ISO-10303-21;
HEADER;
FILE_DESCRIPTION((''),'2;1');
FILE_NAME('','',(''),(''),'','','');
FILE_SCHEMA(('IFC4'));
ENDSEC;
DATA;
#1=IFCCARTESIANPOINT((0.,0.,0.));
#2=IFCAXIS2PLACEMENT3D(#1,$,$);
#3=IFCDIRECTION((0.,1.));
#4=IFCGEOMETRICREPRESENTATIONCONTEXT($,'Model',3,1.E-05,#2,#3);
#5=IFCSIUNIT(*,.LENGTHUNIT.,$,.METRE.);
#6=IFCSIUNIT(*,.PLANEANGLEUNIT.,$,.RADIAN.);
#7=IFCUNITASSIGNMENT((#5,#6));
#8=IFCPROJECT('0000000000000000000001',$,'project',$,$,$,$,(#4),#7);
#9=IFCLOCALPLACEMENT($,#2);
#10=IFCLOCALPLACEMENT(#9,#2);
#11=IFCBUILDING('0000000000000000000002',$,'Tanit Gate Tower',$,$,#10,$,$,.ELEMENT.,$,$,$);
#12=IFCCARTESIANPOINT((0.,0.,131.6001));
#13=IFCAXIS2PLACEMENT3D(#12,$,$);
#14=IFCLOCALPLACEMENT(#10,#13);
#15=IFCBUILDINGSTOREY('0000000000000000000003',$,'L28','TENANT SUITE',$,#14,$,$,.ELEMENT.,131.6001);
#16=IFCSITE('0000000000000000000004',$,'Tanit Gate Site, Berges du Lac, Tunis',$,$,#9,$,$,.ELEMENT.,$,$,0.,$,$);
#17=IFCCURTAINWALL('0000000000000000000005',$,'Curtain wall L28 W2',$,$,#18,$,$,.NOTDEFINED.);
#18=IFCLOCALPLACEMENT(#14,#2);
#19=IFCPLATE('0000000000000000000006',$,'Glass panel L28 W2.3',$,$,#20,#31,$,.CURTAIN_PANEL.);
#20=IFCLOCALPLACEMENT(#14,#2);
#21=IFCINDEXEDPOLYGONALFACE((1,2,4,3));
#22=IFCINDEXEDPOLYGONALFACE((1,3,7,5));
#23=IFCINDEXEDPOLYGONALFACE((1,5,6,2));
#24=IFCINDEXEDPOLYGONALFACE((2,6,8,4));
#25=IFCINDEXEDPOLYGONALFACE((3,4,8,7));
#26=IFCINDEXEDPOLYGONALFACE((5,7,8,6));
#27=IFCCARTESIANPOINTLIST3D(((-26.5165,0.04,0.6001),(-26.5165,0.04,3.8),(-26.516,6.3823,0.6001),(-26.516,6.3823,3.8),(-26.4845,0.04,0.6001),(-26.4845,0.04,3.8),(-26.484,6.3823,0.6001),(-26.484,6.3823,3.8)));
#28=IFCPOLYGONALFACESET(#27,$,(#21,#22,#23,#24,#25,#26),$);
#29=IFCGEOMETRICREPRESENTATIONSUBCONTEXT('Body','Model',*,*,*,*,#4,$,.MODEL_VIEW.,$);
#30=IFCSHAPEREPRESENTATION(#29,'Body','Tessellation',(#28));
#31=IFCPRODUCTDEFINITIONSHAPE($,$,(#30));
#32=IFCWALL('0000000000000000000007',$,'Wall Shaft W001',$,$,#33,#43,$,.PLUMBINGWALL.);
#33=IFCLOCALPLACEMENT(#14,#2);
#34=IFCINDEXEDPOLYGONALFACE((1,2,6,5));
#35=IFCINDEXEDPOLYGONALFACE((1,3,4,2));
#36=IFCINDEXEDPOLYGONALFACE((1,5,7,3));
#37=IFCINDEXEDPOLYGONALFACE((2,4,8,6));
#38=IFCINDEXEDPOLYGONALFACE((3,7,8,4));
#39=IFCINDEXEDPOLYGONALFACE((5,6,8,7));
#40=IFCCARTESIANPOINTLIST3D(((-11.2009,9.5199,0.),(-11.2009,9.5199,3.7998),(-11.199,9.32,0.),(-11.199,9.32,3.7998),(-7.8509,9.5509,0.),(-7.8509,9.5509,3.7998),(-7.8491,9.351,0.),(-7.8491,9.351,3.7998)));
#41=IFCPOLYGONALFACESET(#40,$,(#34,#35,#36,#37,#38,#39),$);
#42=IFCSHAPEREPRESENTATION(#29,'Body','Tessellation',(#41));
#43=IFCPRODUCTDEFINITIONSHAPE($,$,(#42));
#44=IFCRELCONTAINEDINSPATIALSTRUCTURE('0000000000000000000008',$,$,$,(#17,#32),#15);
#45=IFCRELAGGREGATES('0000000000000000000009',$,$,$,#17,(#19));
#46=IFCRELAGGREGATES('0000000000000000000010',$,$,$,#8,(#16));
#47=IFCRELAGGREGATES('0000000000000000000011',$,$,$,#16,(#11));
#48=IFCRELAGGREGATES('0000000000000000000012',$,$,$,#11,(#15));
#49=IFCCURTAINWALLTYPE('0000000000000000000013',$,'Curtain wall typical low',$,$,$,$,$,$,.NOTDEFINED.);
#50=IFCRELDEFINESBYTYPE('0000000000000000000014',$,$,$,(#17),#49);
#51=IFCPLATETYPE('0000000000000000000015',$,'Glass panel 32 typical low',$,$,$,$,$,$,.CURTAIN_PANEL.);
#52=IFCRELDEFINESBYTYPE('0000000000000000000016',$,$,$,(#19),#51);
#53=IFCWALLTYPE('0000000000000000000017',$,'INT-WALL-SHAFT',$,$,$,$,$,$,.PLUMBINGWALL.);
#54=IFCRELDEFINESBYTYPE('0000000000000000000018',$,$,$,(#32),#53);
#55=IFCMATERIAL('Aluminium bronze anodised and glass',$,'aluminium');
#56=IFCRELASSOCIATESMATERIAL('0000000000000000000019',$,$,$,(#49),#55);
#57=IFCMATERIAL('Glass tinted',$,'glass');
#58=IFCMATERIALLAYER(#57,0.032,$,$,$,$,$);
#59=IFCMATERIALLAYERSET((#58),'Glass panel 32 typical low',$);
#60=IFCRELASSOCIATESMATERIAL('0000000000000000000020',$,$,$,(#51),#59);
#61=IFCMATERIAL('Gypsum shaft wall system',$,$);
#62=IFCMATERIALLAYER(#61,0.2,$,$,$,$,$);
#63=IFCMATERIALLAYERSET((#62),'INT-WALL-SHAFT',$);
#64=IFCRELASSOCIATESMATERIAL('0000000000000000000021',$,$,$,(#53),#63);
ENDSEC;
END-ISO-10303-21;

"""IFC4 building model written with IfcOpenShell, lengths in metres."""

from ifc_helpers import new_model, si_unit, direction, frame, frame_2d, origin, origin_2d, place, context, subcontext, project, spatial, rectangle, extrude, material, layer, layer_set, type_object, element, aggregate, save


model = new_model("IFC4")

# Units and contexts
model_context = context("Model", 3, precision=1e-05, world=origin(), true_north=direction((0.0, 1.0)))
body_context = subcontext(model_context, "Body", "Model", "MODEL_VIEW")
ifc_project = project(units=[si_unit("LENGTHUNIT", "METRE"), si_unit("PLANEANGLEUNIT", "RADIAN")], contexts=[model_context])

# Site, building, storey
site_placement = place(None, origin())
site = spatial("IfcSite", under=ifc_project, at=site_placement, Name="Tanit Gate Site, Berges du Lac, Tunis", CompositionType="ELEMENT", RefElevation=0.0)
building_placement = place(site_placement, origin())
building = spatial("IfcBuilding", under=site, at=building_placement, Name="Tanit Gate Tower", CompositionType="ELEMENT")
storey_placement = place(building_placement, frame((0.0, 0.0, 131.6001)))
storey = spatial("IfcBuildingStorey", under=building, at=storey_placement, Name="L28", Description="TENANT SUITE", CompositionType="ELEMENT", Elevation=131.6001)

# Curtain wall
ifc_material_1 = material(Name="Aluminium bronze anodised and glass", Category="aluminium")
curtain_wall_type = type_object("IfcCurtainWallType", Name="Curtain wall typical low", PredefinedType="NOTDEFINED", material=ifc_material_1)
curtain_wall_placement = place(storey_placement, origin())
curtain_wall = element("IfcCurtainWall", 1, at=curtain_wall_placement, inside=storey, type_object=curtain_wall_type, Name="Curtain wall L28 W2", PredefinedType="NOTDEFINED")

# Plate
ifc_material_2 = material(Name="Glass tinted", Category="glass")
ifc_layer_1 = layer(ifc_material_2, 0.032)
ifc_layer_set_1 = layer_set([ifc_layer_1], Name="Glass panel 32 typical low")
plate_type = type_object("IfcPlateType", Name="Glass panel 32 typical low", PredefinedType="CURTAIN_PANEL", material=ifc_layer_set_1)
plate_placement = place(storey_placement, frame((-26.5002, 3.2112, 0.6001), z_axis=(0.0, 0.0, 1.0), x_axis=(-0.000069, -1.0, 0.0)))
plate = element("IfcPlate", 2, at=plate_placement, type_object=plate_type, Name="Glass panel L28 W2.3", PredefinedType="CURTAIN_PANEL", context=body_context, shape_type="SweptSolid", body=[
    extrude(rectangle(XDim=6.3423, YDim=0.032, at=origin_2d()), origin(), (0.0, 0.0, 1.0), 3.2),
])
aggregate(curtain_wall, [plate])

# Wall
ifc_material_3 = material(Name="Gypsum shaft wall system")
ifc_layer_2 = layer(ifc_material_3, 0.2)
ifc_layer_set_2 = layer_set([ifc_layer_2], Name="INT-WALL-SHAFT")
wall_type = type_object("IfcWallType", Name="INT-WALL-SHAFT", PredefinedType="PLUMBINGWALL", material=ifc_layer_set_2)
wall_placement = place(storey_placement, frame((-11.2, 9.4199, 0.0), z_axis=(0.0, 0.0, 1.0), x_axis=(0.999957, 0.009255, 0.0)))
element("IfcWall", 3, at=wall_placement, inside=storey, type_object=wall_type, Name="Wall Shaft W001", PredefinedType="PLUMBINGWALL", context=body_context, shape_type="SweptSolid", body=[
    extrude(rectangle(XDim=3.3501, YDim=0.2, at=frame_2d((1.675, 0.0))), origin(), (0.0, 0.0, 1.0), 3.7998),
])

save(model, "model.ifc")
